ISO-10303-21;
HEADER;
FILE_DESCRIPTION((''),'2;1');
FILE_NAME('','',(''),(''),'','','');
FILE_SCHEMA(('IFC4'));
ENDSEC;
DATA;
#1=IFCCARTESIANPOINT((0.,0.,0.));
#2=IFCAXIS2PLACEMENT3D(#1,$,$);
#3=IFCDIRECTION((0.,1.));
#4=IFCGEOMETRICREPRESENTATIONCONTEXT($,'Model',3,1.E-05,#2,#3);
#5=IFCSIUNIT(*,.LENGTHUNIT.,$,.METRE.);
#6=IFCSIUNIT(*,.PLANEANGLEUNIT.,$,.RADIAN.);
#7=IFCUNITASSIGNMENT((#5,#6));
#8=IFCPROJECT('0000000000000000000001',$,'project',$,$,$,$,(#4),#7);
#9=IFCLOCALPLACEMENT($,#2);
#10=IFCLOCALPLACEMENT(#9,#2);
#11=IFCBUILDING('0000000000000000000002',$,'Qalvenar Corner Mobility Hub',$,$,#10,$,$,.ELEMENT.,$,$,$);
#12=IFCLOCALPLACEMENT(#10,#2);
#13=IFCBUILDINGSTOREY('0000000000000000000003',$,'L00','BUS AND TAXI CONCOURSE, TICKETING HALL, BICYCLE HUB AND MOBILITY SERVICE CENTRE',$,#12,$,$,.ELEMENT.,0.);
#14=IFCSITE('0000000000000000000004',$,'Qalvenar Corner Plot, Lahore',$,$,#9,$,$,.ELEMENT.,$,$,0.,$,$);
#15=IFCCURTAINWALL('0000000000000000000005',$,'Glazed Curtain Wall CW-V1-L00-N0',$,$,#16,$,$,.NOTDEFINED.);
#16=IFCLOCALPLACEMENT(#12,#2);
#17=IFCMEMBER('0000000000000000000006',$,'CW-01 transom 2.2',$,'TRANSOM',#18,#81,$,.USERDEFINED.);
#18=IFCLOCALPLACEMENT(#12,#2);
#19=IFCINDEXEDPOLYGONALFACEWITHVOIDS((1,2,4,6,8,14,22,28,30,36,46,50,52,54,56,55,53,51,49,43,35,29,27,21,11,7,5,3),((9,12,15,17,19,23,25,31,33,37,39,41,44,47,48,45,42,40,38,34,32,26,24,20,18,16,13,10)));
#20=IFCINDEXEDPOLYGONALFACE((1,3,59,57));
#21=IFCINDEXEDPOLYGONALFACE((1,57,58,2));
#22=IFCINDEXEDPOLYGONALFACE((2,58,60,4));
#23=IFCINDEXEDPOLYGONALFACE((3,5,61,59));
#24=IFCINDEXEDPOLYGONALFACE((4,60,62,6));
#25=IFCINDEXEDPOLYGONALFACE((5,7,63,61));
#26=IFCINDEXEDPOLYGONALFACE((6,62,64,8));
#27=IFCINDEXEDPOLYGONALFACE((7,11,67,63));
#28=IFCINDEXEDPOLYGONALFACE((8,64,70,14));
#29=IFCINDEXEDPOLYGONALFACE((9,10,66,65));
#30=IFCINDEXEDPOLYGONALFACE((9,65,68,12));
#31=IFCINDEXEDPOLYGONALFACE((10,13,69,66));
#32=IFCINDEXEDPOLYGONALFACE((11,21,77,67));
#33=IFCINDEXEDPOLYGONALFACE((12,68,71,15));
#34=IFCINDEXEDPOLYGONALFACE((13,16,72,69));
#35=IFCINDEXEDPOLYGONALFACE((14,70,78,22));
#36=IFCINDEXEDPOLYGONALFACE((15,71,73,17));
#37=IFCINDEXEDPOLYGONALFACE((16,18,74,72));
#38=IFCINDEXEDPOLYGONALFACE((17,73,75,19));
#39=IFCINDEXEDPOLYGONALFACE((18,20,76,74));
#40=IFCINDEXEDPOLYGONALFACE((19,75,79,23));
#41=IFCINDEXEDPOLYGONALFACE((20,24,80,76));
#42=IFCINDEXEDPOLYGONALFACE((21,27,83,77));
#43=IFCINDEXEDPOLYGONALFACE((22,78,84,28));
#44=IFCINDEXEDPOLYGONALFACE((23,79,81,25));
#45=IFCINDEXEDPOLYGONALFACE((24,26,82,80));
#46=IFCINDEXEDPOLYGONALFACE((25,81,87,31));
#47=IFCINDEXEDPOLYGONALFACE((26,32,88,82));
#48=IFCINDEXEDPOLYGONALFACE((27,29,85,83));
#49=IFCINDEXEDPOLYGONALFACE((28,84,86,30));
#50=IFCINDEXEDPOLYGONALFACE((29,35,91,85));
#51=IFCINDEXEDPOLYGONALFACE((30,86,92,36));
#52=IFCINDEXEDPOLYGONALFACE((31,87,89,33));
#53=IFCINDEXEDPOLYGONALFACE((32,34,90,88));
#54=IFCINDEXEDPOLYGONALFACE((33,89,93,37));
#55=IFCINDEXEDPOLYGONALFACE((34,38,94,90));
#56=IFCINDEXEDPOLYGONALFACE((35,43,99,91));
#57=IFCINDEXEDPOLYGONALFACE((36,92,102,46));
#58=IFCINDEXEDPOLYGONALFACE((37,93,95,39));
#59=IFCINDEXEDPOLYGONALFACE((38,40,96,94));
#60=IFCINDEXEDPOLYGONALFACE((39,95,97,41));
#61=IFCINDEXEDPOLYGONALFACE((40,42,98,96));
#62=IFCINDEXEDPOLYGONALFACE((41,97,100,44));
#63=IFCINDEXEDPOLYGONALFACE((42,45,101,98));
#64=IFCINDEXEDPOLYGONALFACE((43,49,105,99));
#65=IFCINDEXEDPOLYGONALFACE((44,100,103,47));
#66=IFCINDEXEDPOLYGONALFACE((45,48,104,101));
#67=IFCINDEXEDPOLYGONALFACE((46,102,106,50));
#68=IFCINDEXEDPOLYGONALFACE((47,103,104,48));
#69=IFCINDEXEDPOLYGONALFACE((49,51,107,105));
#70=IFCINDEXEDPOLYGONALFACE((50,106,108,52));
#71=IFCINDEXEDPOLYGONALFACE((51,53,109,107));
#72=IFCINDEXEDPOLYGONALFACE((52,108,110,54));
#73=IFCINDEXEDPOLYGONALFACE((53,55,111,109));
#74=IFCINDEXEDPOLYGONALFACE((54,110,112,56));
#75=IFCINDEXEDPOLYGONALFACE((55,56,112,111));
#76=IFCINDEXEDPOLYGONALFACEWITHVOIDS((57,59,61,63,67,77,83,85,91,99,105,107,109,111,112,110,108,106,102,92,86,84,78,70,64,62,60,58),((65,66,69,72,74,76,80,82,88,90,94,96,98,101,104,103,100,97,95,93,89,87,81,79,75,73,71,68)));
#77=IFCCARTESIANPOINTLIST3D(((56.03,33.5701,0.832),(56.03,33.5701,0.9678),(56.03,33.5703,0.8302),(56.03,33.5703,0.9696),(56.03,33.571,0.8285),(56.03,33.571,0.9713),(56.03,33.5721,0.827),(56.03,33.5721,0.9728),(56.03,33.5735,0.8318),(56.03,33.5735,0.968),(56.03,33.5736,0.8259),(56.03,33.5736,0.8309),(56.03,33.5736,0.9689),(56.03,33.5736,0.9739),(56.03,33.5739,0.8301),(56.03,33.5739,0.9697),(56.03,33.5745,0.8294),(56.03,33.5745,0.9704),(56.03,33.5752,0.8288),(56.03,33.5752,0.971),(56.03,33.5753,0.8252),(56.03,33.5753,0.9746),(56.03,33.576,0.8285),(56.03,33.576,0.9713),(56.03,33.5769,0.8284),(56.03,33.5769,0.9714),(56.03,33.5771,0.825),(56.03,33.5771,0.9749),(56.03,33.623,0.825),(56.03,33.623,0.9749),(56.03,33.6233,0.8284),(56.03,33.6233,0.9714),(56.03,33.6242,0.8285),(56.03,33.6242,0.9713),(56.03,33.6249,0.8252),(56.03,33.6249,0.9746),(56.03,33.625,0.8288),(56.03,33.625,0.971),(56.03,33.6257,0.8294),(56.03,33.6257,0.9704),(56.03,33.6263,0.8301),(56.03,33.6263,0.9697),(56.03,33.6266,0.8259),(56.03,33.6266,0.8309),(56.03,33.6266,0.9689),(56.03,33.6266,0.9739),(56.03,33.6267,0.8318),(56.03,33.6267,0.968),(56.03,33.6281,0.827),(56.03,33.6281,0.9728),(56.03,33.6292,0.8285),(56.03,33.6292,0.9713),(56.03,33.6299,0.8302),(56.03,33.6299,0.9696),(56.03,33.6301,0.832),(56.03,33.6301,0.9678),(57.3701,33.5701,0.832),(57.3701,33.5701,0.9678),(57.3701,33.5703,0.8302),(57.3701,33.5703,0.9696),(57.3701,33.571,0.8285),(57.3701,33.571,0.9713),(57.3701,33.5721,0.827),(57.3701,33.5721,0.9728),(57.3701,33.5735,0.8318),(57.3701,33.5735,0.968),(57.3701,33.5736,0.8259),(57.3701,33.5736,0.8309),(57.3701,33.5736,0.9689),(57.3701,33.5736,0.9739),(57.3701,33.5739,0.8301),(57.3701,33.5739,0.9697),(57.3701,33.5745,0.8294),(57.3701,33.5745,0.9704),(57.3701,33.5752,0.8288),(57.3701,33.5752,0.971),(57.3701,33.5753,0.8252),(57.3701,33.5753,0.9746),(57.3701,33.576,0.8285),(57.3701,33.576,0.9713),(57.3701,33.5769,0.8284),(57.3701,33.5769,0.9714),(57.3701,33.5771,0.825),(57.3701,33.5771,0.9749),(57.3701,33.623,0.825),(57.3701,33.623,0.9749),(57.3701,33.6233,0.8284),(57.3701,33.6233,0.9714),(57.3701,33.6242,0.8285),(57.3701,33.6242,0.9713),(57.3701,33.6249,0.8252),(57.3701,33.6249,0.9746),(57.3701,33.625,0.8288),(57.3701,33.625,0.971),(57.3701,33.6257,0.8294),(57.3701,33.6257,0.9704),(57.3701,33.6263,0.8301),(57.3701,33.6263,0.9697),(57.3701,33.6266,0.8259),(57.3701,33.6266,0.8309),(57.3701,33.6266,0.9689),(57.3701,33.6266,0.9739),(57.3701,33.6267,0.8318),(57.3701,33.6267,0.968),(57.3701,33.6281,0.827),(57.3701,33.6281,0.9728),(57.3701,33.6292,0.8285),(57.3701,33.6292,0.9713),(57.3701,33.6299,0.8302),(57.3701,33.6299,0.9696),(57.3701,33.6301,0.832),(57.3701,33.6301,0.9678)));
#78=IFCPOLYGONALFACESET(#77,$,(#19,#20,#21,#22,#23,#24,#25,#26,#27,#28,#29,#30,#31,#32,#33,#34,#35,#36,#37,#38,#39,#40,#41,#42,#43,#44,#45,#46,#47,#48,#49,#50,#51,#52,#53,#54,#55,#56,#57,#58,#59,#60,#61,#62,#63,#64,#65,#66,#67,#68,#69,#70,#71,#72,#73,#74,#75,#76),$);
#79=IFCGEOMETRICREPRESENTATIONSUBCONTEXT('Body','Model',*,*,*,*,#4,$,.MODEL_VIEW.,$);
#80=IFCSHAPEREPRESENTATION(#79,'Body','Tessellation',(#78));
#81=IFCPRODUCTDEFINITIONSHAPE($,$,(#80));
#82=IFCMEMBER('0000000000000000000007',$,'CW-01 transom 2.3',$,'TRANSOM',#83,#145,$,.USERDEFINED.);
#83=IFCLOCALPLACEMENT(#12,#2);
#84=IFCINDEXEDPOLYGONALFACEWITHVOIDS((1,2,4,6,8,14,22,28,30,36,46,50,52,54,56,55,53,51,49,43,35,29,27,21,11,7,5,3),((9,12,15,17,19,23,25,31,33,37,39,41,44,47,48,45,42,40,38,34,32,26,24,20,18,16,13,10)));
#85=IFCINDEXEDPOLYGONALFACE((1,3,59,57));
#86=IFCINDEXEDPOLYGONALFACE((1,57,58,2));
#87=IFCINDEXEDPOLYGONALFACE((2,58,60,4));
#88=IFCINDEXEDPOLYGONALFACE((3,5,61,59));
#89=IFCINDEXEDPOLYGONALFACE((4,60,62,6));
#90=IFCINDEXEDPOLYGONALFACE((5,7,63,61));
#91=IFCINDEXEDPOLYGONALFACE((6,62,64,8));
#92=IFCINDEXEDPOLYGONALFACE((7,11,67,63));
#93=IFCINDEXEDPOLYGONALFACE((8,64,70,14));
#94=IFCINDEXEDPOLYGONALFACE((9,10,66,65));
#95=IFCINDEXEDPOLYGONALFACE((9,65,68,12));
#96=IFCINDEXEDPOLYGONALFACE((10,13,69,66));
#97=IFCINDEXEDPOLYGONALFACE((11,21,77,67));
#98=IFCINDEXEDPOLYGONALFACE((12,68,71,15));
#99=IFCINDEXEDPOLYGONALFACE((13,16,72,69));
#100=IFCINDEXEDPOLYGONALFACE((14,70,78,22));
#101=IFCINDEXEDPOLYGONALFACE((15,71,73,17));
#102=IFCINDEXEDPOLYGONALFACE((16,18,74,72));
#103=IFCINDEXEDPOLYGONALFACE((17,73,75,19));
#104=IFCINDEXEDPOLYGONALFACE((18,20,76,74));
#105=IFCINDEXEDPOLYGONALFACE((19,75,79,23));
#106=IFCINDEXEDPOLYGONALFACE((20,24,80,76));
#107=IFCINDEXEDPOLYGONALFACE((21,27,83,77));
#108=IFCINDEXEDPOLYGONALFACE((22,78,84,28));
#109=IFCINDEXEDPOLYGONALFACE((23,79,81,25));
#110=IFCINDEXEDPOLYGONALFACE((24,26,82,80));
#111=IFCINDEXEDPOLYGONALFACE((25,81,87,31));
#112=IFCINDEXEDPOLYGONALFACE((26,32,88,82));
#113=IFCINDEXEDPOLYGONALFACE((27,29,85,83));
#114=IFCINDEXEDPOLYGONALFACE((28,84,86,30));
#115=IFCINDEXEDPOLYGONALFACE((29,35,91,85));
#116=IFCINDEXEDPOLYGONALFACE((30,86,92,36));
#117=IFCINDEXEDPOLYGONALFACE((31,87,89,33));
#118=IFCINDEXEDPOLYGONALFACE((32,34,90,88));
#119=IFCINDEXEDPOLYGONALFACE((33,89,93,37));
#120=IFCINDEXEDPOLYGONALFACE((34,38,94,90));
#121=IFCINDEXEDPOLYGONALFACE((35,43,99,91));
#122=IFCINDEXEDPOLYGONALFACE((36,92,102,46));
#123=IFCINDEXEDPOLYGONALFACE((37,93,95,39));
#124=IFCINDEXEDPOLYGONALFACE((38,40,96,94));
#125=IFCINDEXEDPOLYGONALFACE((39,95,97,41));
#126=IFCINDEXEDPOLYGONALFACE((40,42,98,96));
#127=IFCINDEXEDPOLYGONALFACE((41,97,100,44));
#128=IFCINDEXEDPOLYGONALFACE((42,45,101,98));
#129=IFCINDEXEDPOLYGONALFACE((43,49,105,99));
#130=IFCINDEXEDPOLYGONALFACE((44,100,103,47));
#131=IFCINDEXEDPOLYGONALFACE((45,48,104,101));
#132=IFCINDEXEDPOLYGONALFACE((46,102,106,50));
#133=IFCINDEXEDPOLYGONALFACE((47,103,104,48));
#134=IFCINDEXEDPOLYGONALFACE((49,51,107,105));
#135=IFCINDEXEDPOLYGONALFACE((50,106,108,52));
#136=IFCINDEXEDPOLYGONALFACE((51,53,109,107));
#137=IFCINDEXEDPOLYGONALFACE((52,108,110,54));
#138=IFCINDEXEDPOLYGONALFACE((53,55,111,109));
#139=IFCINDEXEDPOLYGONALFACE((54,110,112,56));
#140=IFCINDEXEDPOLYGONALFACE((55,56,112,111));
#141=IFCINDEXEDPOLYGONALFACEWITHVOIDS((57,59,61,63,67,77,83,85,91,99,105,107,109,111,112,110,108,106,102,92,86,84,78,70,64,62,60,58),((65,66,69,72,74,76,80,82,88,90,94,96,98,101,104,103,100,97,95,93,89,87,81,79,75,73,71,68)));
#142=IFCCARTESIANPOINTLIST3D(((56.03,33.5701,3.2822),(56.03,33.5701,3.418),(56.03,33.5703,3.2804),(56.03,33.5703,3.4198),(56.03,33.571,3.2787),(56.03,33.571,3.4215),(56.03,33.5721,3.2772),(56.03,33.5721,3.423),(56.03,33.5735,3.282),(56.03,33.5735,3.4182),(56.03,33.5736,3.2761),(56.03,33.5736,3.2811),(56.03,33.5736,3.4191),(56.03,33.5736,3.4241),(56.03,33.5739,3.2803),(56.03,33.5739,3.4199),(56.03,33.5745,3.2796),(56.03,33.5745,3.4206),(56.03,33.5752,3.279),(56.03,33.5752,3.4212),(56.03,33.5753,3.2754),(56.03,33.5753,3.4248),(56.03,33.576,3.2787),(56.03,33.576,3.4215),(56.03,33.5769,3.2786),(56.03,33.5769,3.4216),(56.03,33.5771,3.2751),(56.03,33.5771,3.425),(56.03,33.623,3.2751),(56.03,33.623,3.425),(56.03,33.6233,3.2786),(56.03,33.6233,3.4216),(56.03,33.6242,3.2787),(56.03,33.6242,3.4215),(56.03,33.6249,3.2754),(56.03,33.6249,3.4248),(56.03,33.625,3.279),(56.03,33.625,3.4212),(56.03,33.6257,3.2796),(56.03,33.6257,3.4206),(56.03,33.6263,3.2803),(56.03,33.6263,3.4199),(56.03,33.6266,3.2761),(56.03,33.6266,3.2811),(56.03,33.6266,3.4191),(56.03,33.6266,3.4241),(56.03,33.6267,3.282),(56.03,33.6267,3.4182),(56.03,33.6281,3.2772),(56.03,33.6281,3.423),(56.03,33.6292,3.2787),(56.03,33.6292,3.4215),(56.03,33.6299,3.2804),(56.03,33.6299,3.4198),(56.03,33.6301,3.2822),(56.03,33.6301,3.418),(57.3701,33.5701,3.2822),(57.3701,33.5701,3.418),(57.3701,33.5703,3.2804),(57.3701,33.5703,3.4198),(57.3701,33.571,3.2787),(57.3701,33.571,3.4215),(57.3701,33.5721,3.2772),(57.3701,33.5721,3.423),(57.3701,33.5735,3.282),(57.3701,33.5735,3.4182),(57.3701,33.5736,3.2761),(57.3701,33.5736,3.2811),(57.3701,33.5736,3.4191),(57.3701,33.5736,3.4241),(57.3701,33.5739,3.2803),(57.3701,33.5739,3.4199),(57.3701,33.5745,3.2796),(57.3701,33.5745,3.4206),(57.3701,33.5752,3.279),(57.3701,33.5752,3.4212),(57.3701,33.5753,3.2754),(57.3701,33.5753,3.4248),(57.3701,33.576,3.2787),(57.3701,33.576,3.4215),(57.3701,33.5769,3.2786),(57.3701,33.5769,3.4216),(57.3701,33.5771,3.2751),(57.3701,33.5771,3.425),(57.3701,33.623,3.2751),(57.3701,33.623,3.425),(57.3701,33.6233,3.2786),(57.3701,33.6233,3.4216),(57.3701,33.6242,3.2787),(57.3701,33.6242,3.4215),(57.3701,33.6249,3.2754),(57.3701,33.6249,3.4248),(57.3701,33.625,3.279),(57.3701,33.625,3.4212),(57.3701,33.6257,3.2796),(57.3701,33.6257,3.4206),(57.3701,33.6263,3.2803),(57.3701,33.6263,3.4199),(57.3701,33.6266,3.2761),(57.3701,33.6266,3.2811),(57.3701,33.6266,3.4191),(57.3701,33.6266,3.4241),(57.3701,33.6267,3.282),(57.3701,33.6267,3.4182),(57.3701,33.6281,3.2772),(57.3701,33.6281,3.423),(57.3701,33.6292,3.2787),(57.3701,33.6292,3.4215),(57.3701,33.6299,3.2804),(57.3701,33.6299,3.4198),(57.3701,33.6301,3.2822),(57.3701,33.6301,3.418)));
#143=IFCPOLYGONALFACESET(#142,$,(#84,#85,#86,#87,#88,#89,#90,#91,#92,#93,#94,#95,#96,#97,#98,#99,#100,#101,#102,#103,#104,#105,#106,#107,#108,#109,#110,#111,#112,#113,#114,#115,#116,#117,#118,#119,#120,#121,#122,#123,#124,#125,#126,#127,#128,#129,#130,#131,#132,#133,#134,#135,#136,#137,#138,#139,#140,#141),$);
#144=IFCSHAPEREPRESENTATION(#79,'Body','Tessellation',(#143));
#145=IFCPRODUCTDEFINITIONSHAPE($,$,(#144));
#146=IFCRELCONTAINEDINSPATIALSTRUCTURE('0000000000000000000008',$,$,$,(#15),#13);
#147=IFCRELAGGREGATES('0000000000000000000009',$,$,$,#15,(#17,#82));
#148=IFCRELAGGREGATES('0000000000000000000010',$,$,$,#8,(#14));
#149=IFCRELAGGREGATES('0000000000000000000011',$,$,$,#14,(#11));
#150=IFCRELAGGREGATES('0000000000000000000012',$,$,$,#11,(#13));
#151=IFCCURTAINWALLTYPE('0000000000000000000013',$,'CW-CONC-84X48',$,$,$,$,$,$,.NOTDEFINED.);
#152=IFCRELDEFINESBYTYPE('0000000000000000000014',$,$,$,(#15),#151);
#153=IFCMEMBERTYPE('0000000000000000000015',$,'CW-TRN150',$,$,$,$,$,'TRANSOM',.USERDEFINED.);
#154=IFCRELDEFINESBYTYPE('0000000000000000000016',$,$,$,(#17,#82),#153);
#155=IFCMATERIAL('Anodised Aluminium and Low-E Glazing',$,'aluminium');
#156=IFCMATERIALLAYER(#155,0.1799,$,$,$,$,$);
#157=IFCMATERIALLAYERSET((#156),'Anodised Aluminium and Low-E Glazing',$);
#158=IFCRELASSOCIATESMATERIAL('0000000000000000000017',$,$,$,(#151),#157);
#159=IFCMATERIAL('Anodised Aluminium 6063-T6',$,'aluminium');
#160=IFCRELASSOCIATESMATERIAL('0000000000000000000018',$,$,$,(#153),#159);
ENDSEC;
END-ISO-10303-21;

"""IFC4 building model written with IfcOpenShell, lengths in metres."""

from ifc_helpers import new_model, si_unit, direction, frame, origin, origin_2d, place, context, subcontext, project, spatial, hollow_rectangle, extrude, material, layer, layer_set, material_profile, profile_set, type_object, element, aggregate, save


model = new_model("IFC4")

# Units and contexts
model_context = context("Model", 3, precision=1e-05, world=origin(), true_north=direction((0.0, 1.0)))
body_context = subcontext(model_context, "Body", "Model", "MODEL_VIEW")
ifc_project = project(units=[si_unit("LENGTHUNIT", "METRE"), si_unit("PLANEANGLEUNIT", "RADIAN")], contexts=[model_context])

# Site, building, storey
site_placement = place(None, origin())
site = spatial("IfcSite", under=ifc_project, at=site_placement, Name="Qalvenar Corner Plot, Lahore", CompositionType="ELEMENT", RefElevation=0.0)
building_placement = place(site_placement, origin())
building = spatial("IfcBuilding", under=site, at=building_placement, Name="Qalvenar Corner Mobility Hub", CompositionType="ELEMENT")
storey_placement = place(building_placement, origin())
storey = spatial("IfcBuildingStorey", under=building, at=storey_placement, Name="L00", Description="BUS AND TAXI CONCOURSE, TICKETING HALL, BICYCLE HUB AND MOBILITY SERVICE CENTRE", CompositionType="ELEMENT", Elevation=0.0)

# Shared definitions
ifc_material_1 = material(Name="Anodised Aluminium and Low-E Glazing", Category="aluminium")
ifc_material_2 = material(Name="Anodised Aluminium 6063-T6", Category="aluminium")

# Curtain wall, members
ifc_layer_1 = layer(ifc_material_1, 0.1799)
ifc_layer_set_1 = layer_set([ifc_layer_1], Name="Anodised Aluminium and Low-E Glazing")
curtain_wall_type_1 = type_object("IfcCurtainWallType", Name="CW-CONC-84X48", PredefinedType="NOTDEFINED", material=ifc_layer_set_1)
curtain_wall_1_placement = place(storey_placement, origin())
curtain_wall_1 = element("IfcCurtainWall", 1, at=curtain_wall_1_placement, inside=storey, type_object=curtain_wall_type_1, Name="Glazed Curtain Wall CW-V1-L00-N0", PredefinedType="NOTDEFINED")
ifc_material_profile_1 = material_profile(ifc_material_2, hollow_rectangle(XDim=0.0601, YDim=0.1499, WallThickness=0.0034, InnerFilletRadius=0.0034, OuterFilletRadius=0.0071, at=origin_2d()), Name="RHS150x60x3.5")
ifc_profile_set_1 = profile_set([ifc_material_profile_1], Name="Anodised Aluminium 6063-T6")
member_type_1 = type_object("IfcMemberType", Name="CW-TRN150", ElementType="TRANSOM", PredefinedType="USERDEFINED", material=ifc_profile_set_1)
member_1_placement = place(storey_placement, frame((57.3701, 33.6001, 0.8999), z_axis=(-1.0, 0.0, 0.0), x_axis=(0.0, -1.0, 0.0)))
member_1 = element("IfcMember", 2, at=member_1_placement, type_object=member_type_1, Name="CW-01 transom 2.2", ObjectType="TRANSOM", PredefinedType="USERDEFINED", context=body_context, shape_type="SweptSolid", body=[
    extrude(hollow_rectangle(XDim=0.0601, YDim=0.1499, WallThickness=0.0034, InnerFilletRadius=0.0034, OuterFilletRadius=0.0071, at=origin_2d()), origin(), (0.0, 0.0, 1.0), 1.3401),
])
member_2_placement = place(storey_placement, frame((57.3701, 33.6001, 3.3501), z_axis=(-1.0, 0.0, 0.0), x_axis=(0.0, -1.0, 0.0)))
member_2 = element("IfcMember", 3, at=member_2_placement, type_object=member_type_1, Name="CW-01 transom 2.3", ObjectType="TRANSOM", PredefinedType="USERDEFINED", context=body_context, shape_type="SweptSolid", body=[
    extrude(hollow_rectangle(XDim=0.0601, YDim=0.1499, WallThickness=0.0034, InnerFilletRadius=0.0034, OuterFilletRadius=0.0071, at=origin_2d()), origin(), (0.0, 0.0, 1.0), 1.3401),
])
aggregate(curtain_wall_1, [member_1, member_2])

save(model, "model.ifc")
